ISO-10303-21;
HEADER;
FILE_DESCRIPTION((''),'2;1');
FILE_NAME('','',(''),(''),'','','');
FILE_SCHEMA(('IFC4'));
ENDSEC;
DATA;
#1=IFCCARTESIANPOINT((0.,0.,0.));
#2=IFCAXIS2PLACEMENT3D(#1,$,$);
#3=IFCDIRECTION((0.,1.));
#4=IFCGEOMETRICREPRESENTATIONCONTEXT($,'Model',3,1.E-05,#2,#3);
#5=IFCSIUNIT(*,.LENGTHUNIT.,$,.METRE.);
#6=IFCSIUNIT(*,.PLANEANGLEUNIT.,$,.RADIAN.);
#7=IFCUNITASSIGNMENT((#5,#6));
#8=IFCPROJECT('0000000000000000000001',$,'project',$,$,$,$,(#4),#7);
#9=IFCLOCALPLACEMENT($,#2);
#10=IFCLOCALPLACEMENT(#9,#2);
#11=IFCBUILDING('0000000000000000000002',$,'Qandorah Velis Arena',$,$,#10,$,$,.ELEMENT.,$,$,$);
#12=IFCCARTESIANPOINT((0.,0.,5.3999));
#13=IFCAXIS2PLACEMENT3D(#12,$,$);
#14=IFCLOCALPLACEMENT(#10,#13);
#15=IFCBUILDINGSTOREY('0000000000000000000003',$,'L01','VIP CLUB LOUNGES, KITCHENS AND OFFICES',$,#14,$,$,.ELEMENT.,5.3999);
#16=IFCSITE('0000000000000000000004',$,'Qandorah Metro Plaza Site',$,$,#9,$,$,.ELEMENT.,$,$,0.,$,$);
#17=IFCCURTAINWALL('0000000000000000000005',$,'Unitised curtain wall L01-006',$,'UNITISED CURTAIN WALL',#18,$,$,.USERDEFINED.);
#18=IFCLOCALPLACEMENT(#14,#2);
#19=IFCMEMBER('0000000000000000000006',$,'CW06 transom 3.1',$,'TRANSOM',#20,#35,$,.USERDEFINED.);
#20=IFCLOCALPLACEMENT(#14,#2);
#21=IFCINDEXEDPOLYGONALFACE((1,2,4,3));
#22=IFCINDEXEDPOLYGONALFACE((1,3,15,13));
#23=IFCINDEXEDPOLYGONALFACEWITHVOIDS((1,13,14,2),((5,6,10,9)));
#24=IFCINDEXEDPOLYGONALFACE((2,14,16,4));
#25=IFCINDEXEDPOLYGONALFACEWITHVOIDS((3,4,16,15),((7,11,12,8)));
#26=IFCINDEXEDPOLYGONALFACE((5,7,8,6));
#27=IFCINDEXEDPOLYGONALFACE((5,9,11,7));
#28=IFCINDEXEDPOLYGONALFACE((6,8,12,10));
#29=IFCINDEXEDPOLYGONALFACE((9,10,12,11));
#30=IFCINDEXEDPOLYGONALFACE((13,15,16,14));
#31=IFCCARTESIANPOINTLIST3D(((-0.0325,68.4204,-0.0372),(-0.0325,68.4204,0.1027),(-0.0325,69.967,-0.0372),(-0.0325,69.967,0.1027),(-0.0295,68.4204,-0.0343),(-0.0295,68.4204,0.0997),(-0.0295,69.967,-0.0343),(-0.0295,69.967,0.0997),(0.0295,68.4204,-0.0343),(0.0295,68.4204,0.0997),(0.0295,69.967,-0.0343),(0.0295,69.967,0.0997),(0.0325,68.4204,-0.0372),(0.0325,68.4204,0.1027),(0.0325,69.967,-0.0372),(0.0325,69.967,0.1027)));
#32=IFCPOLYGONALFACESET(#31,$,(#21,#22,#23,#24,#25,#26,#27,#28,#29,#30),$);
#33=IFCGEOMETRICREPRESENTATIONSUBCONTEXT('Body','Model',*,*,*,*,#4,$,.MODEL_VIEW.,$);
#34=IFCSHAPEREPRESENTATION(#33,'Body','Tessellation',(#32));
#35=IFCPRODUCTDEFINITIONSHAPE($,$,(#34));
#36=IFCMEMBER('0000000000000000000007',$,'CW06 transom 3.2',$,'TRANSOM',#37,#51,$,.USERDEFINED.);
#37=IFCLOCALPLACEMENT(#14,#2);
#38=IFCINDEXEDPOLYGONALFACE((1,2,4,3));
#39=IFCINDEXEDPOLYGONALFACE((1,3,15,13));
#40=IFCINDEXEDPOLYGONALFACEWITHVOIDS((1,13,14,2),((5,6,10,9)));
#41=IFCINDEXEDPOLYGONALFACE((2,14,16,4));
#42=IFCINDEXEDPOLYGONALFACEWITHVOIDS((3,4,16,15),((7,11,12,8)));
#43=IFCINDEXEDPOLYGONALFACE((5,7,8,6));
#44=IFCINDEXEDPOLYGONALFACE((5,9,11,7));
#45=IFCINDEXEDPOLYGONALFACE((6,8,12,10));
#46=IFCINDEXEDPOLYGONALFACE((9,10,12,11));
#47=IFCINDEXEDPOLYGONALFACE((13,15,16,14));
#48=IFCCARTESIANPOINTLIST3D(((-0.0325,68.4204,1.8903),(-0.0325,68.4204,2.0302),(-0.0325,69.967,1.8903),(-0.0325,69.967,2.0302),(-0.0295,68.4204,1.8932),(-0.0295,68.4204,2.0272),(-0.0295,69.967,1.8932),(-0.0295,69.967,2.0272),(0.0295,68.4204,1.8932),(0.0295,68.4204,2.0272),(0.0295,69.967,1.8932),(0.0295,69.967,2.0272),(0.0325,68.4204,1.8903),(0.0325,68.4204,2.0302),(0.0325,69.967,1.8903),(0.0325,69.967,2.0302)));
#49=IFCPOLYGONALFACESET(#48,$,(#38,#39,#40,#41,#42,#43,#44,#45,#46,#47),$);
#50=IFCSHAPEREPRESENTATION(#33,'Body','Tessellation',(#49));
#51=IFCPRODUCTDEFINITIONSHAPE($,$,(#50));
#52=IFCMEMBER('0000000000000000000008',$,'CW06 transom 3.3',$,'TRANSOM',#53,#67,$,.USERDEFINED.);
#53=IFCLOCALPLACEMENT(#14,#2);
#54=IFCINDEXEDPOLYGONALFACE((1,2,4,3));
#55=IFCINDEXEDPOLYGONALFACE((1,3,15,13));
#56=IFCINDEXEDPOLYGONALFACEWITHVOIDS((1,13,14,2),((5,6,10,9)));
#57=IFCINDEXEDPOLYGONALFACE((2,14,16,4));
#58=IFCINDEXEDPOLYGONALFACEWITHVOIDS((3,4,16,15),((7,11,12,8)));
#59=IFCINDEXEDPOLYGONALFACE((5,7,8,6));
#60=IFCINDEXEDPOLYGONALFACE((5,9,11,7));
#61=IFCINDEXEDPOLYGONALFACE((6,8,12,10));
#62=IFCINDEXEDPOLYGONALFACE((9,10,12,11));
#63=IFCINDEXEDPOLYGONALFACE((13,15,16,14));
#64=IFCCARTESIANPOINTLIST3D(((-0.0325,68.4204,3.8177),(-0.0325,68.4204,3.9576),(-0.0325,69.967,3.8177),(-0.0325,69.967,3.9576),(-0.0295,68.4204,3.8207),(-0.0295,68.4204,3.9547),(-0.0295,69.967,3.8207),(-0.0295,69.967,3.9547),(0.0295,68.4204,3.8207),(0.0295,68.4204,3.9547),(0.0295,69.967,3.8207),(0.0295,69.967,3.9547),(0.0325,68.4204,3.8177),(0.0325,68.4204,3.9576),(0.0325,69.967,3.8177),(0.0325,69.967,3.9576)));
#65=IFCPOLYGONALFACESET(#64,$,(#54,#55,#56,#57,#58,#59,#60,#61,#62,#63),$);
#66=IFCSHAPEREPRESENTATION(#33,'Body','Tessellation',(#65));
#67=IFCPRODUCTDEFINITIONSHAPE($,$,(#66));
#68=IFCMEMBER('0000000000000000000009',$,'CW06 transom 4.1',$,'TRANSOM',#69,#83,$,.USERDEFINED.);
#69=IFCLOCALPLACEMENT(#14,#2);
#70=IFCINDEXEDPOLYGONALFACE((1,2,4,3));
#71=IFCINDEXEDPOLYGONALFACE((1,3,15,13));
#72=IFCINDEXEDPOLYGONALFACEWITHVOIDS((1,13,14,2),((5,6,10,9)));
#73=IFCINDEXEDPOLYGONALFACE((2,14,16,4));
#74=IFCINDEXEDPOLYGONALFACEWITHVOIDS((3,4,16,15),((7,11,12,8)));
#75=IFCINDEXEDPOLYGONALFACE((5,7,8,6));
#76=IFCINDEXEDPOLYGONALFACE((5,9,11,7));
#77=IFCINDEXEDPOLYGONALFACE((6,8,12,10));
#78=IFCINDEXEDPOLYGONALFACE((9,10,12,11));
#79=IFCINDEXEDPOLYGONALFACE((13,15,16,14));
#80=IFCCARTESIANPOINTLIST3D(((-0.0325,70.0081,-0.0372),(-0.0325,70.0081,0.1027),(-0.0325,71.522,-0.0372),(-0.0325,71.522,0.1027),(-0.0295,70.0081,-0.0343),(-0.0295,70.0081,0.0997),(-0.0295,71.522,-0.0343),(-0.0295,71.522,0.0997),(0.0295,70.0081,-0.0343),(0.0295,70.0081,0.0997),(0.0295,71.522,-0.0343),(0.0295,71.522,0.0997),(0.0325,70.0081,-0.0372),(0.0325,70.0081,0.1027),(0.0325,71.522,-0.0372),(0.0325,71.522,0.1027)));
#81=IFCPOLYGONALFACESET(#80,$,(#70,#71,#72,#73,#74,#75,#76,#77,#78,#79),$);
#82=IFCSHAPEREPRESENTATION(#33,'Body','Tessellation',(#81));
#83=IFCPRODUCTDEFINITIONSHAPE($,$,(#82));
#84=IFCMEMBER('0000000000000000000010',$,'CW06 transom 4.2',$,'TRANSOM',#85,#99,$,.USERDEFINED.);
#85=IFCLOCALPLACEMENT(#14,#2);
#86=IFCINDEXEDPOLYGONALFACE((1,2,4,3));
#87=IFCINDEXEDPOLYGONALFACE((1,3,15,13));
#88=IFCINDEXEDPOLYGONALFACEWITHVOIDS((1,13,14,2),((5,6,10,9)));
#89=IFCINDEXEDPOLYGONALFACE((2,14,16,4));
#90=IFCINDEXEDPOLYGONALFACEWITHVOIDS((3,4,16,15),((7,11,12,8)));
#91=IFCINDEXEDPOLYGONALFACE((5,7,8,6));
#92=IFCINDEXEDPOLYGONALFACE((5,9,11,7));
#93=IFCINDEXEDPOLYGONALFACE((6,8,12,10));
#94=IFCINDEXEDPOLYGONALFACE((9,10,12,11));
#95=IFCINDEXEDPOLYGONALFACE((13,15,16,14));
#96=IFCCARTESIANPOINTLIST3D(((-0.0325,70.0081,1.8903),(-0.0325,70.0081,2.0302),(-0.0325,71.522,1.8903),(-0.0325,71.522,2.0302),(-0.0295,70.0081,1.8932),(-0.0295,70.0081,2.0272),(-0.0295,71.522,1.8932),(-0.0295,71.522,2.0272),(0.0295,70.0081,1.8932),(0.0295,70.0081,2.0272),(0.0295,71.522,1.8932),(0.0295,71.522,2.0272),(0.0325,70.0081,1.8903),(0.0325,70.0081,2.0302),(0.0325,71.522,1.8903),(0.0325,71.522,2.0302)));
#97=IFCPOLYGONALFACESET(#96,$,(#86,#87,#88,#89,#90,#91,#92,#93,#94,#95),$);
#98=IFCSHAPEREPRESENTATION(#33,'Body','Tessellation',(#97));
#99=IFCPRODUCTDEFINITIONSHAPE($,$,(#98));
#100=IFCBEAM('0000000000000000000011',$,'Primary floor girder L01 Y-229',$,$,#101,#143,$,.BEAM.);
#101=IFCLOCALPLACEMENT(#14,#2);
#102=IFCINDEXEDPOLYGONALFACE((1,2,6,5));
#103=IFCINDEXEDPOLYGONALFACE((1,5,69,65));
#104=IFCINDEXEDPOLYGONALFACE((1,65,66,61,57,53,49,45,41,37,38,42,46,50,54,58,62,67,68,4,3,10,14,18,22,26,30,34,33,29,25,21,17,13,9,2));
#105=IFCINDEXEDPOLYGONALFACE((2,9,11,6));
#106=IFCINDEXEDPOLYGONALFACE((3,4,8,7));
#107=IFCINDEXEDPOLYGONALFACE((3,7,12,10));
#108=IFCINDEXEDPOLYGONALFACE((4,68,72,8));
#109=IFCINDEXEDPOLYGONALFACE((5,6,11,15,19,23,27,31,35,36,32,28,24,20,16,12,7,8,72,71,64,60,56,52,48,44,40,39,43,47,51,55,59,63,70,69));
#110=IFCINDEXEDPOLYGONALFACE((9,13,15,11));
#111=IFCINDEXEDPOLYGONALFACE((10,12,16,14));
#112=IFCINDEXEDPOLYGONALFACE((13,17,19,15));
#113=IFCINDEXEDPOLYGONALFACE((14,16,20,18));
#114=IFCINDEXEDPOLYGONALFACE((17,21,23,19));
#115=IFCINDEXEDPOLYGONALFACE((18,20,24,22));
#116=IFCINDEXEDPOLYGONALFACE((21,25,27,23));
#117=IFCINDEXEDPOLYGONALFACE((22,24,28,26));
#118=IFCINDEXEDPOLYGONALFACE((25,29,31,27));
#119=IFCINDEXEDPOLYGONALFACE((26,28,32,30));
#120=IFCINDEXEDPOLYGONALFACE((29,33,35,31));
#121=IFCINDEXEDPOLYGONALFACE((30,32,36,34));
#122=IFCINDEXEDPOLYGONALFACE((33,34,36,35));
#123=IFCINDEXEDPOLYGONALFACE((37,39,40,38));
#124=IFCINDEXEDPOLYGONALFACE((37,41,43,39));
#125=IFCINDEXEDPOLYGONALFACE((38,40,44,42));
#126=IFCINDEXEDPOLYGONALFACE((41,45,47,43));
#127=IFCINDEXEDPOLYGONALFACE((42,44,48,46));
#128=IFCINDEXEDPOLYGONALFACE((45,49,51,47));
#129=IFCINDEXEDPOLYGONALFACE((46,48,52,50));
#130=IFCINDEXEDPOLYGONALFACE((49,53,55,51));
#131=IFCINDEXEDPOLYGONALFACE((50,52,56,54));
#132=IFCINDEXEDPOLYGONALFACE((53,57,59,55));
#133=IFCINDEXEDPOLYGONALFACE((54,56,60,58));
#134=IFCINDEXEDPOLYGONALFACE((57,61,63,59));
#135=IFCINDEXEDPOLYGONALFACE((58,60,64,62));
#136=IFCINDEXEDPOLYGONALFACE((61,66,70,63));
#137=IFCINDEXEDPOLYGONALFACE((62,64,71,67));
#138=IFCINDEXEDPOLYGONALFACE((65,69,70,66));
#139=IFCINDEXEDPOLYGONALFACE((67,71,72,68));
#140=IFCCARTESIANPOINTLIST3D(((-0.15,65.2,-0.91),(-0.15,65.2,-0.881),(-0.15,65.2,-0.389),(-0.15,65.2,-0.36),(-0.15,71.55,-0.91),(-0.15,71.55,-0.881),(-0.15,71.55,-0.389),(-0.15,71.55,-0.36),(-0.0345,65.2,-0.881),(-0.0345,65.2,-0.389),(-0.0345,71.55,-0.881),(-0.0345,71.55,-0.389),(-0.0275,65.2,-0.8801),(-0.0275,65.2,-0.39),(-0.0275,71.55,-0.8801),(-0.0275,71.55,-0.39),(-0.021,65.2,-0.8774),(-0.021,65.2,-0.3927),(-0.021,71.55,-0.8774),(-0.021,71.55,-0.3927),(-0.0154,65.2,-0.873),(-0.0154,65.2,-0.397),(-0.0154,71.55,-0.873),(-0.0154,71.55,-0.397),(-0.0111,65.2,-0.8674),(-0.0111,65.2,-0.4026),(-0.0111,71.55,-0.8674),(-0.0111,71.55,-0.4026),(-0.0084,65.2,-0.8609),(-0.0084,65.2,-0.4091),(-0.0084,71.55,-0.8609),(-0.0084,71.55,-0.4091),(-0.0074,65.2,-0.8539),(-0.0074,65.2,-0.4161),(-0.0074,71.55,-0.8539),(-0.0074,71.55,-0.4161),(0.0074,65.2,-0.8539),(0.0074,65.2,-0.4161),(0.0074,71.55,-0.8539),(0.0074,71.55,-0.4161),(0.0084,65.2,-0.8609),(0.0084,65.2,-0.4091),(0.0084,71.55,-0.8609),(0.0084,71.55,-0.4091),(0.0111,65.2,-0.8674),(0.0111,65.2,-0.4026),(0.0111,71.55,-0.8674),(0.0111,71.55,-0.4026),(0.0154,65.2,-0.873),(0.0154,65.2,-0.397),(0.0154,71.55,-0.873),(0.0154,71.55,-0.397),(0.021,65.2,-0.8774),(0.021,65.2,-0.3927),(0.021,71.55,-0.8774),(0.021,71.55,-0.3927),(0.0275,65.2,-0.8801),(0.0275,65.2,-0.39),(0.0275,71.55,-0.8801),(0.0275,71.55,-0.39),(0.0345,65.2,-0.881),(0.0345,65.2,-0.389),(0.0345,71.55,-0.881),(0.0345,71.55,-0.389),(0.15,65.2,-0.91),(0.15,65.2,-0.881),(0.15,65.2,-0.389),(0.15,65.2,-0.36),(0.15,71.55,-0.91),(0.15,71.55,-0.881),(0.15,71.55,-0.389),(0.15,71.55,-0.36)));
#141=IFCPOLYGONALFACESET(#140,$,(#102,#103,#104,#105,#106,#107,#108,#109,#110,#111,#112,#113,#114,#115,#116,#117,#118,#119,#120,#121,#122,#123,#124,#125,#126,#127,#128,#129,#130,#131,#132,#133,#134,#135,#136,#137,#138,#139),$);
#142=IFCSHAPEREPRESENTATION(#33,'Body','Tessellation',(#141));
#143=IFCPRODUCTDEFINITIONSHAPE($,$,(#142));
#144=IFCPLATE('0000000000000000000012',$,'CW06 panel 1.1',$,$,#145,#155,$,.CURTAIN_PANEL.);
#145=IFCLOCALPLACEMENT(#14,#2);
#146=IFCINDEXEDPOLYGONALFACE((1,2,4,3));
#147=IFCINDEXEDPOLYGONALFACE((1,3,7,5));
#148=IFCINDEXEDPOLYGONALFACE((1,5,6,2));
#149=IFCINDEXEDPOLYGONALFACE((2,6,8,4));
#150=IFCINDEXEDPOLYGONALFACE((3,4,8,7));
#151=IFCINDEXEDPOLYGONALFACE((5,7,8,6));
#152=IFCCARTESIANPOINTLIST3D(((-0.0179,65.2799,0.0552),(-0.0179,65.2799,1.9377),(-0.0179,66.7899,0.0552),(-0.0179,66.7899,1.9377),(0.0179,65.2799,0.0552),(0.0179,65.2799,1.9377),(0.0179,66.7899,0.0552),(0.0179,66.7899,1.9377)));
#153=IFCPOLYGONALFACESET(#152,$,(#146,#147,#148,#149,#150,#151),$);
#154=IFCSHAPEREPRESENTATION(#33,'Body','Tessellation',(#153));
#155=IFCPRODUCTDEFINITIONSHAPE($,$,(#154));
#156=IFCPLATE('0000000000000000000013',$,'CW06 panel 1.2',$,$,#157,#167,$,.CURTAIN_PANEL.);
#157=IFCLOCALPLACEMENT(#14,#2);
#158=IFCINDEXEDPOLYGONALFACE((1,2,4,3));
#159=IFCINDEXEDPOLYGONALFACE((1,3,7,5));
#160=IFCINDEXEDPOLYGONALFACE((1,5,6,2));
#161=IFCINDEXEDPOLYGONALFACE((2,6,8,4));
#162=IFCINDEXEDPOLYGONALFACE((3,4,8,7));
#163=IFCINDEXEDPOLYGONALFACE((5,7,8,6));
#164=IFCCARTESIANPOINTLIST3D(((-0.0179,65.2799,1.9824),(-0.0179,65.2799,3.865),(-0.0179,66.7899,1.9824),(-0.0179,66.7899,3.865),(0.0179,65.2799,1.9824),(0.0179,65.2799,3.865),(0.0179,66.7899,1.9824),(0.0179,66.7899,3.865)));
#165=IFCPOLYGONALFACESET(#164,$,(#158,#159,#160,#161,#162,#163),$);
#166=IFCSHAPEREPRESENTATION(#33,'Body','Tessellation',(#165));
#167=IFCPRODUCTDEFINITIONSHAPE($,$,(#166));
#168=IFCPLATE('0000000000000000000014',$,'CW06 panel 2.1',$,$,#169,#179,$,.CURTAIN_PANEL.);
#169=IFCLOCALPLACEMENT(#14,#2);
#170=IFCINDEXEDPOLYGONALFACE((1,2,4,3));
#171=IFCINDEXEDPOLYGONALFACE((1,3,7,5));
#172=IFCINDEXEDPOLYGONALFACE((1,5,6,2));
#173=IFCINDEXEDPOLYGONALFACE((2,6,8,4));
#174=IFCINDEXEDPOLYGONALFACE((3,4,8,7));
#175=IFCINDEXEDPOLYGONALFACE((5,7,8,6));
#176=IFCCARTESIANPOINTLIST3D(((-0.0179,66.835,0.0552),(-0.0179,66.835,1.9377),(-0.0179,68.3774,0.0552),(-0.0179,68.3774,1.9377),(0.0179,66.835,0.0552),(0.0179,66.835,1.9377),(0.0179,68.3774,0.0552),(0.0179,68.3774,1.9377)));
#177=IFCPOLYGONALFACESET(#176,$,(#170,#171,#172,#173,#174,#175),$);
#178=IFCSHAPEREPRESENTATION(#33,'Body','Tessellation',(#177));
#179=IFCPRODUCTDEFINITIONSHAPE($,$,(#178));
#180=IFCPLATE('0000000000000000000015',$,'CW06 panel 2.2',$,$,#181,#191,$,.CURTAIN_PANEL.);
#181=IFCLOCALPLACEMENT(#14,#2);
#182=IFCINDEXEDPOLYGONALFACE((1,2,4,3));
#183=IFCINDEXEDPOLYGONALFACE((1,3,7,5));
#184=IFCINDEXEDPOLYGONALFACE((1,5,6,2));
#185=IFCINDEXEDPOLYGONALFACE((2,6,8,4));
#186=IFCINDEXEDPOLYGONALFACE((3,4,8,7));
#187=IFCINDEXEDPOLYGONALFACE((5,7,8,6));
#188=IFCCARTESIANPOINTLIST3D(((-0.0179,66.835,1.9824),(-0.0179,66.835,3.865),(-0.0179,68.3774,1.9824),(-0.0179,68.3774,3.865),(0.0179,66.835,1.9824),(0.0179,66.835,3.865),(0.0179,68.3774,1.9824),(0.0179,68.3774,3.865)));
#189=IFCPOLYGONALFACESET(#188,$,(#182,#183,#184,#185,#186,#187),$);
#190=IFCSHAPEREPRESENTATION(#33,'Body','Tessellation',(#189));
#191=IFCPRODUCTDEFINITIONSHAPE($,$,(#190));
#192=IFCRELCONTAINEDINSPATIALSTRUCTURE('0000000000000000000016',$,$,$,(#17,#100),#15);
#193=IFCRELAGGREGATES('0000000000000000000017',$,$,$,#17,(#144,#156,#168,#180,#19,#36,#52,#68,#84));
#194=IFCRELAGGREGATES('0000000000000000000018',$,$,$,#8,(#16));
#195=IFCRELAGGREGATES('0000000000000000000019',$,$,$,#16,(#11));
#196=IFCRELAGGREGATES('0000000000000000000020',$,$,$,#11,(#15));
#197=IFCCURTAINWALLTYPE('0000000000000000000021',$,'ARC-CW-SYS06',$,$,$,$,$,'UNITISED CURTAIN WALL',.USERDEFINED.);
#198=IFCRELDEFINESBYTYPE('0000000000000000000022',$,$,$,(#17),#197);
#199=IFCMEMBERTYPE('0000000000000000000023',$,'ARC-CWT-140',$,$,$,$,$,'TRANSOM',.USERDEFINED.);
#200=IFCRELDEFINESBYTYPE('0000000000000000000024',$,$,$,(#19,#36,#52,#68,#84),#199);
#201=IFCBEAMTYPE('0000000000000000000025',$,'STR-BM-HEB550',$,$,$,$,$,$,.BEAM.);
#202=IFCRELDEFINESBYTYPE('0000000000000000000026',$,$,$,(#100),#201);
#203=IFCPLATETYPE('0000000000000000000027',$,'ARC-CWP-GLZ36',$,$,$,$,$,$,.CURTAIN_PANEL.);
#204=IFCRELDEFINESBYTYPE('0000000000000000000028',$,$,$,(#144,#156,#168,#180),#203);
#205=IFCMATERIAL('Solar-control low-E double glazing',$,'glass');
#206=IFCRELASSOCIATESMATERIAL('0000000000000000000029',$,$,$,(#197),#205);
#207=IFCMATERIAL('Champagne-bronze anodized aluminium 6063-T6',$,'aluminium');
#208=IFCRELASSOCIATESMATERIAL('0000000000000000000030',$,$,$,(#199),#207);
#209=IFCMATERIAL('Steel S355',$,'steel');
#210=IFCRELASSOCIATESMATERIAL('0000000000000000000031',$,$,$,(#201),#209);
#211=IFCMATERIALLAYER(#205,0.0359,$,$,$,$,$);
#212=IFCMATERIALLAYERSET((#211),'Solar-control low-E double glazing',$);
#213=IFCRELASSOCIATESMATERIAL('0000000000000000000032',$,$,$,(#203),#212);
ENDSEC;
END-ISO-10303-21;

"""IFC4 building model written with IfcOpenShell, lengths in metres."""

from ifc_helpers import new_model, si_unit, direction, frame, origin, origin_2d, place, context, subcontext, project, spatial, rectangle, hollow_rectangle, i_section, extrude, material, layer, layer_set, material_profile, profile_set, type_object, element, aggregate, save


model = new_model("IFC4")

# Units and contexts
model_context = context("Model", 3, precision=1e-05, world=origin(), true_north=direction((0.0, 1.0)))
body_context = subcontext(model_context, "Body", "Model", "MODEL_VIEW")
ifc_project = project(units=[si_unit("LENGTHUNIT", "METRE"), si_unit("PLANEANGLEUNIT", "RADIAN")], contexts=[model_context])

# Site, building, storey
site_placement = place(None, origin())
site = spatial("IfcSite", under=ifc_project, at=site_placement, Name="Qandorah Metro Plaza Site", CompositionType="ELEMENT", RefElevation=0.0)
building_placement = place(site_placement, origin())
building = spatial("IfcBuilding", under=site, at=building_placement, Name="Qandorah Velis Arena", CompositionType="ELEMENT")
storey_placement = place(building_placement, frame((0.0, 0.0, 5.3999)))
storey = spatial("IfcBuildingStorey", under=building, at=storey_placement, Name="L01", Description="VIP CLUB LOUNGES, KITCHENS AND OFFICES", CompositionType="ELEMENT", Elevation=5.3999)

# Curtain wall, members
ifc_material_1 = material(Name="Solar-control low-E double glazing", Category="glass")
curtain_wall_type = type_object("IfcCurtainWallType", Name="ARC-CW-SYS06", ElementType="UNITISED CURTAIN WALL", PredefinedType="USERDEFINED", material=ifc_material_1)
curtain_wall_placement = place(storey_placement, origin())
curtain_wall = element("IfcCurtainWall", 1, at=curtain_wall_placement, inside=storey, type_object=curtain_wall_type, Name="Unitised curtain wall L01-006", ObjectType="UNITISED CURTAIN WALL", PredefinedType="USERDEFINED")
ifc_material_2 = material(Name="Champagne-bronze anodized aluminium 6063-T6", Category="aluminium")
ifc_material_profile_1 = material_profile(ifc_material_2, hollow_rectangle(XDim=0.0649, YDim=0.1399, WallThickness=0.0029, at=origin_2d()), Name="ALU TRANSOM 65x140")
ifc_profile_set_1 = profile_set([ifc_material_profile_1], Name="Champagne-bronze anodized aluminium 6063-T6")
member_type_1 = type_object("IfcMemberType", Name="ARC-CWT-140", ElementType="TRANSOM", PredefinedType="USERDEFINED", material=ifc_profile_set_1)
member_1_placement = place(storey_placement, frame((0.0, 68.4204, 0.0327), z_axis=(0.0, 1.0, 0.0), x_axis=(-1.0, 0.0, 0.0)))
member_1 = element("IfcMember", 2, at=member_1_placement, type_object=member_type_1, Name="CW06 transom 3.1", ObjectType="TRANSOM", PredefinedType="USERDEFINED", context=body_context, shape_type="SweptSolid", body=[
    extrude(hollow_rectangle(XDim=0.0649, YDim=0.1399, WallThickness=0.0029, at=origin_2d()), origin(), (0.0, 0.0, 1.0), 1.5466),
])
member_2_placement = place(storey_placement, frame((0.0, 68.4204, 1.9602), z_axis=(0.0, 1.0, 0.0), x_axis=(-1.0, 0.0, 0.0)))
member_2 = element("IfcMember", 3, at=member_2_placement, type_object=member_type_1, Name="CW06 transom 3.2", ObjectType="TRANSOM", PredefinedType="USERDEFINED", context=body_context, shape_type="SweptSolid", body=[
    extrude(hollow_rectangle(XDim=0.0649, YDim=0.1399, WallThickness=0.0029, at=origin_2d()), origin(), (0.0, 0.0, 1.0), 1.5466),
])
member_3_placement = place(storey_placement, frame((0.0, 68.4204, 3.8877), z_axis=(0.0, 1.0, 0.0), x_axis=(-1.0, 0.0, 0.0)))
member_3 = element("IfcMember", 4, at=member_3_placement, type_object=member_type_1, Name="CW06 transom 3.3", ObjectType="TRANSOM", PredefinedType="USERDEFINED", context=body_context, shape_type="SweptSolid", body=[
    extrude(hollow_rectangle(XDim=0.0649, YDim=0.1399, WallThickness=0.0029, at=origin_2d()), origin(), (0.0, 0.0, 1.0), 1.5466),
])
member_4_placement = place(storey_placement, frame((0.0, 70.0081, 0.0327), z_axis=(0.0, 1.0, 0.0), x_axis=(-1.0, 0.0, 0.0)))
member_4 = element("IfcMember", 5, at=member_4_placement, type_object=member_type_1, Name="CW06 transom 4.1", ObjectType="TRANSOM", PredefinedType="USERDEFINED", context=body_context, shape_type="SweptSolid", body=[
    extrude(hollow_rectangle(XDim=0.0649, YDim=0.1399, WallThickness=0.0029, at=origin_2d()), origin(), (0.0, 0.0, 1.0), 1.5139),
])
member_5_placement = place(storey_placement, frame((0.0, 70.0081, 1.9602), z_axis=(0.0, 1.0, 0.0), x_axis=(-1.0, 0.0, 0.0)))
member_5 = element("IfcMember", 6, at=member_5_placement, type_object=member_type_1, Name="CW06 transom 4.2", ObjectType="TRANSOM", PredefinedType="USERDEFINED", context=body_context, shape_type="SweptSolid", body=[
    extrude(hollow_rectangle(XDim=0.0649, YDim=0.1399, WallThickness=0.0029, at=origin_2d()), origin(), (0.0, 0.0, 1.0), 1.5139),
])

# Beam
ifc_material_3 = material(Name="Steel S355", Category="steel")
ifc_material_profile_2 = material_profile(ifc_material_3, i_section(OverallWidth=0.3, OverallDepth=0.55, WebThickness=0.0149, FlangeThickness=0.0291, FilletRadius=0.0271, at=origin_2d()), Name="HEB 550")
ifc_profile_set_2 = profile_set([ifc_material_profile_2], Name="Steel S355")
beam_type = type_object("IfcBeamType", Name="STR-BM-HEB550", PredefinedType="BEAM", material=ifc_profile_set_2)
beam_placement = place(storey_placement, frame((0.0, 65.2, -0.635), z_axis=(0.0, 1.0, 0.0), x_axis=(-1.0, 0.0, 0.0)))
element("IfcBeam", 7, at=beam_placement, inside=storey, type_object=beam_type, Name="Primary floor girder L01 Y-229", PredefinedType="BEAM", context=body_context, shape_type="SweptSolid", body=[
    extrude(i_section(OverallWidth=0.3, OverallDepth=0.55, WebThickness=0.0149, FlangeThickness=0.0291, FilletRadius=0.0271, at=origin_2d()), origin(), (0.0, 0.0, 1.0), 6.3501),
])

# Plates
ifc_layer = layer(ifc_material_1, 0.0359)
ifc_layer_set = layer_set([ifc_layer], Name="Solar-control low-E double glazing")
plate_type = type_object("IfcPlateType", Name="ARC-CWP-GLZ36", PredefinedType="CURTAIN_PANEL", material=ifc_layer_set)
plate_1_placement = place(storey_placement, frame((0.0, 66.0349, 0.0552), z_axis=(0.0, 0.0, 1.0), x_axis=(0.0, 1.0, 0.0)))
plate_1 = element("IfcPlate", 8, at=plate_1_placement, type_object=plate_type, Name="CW06 panel 1.1", PredefinedType="CURTAIN_PANEL", context=body_context, shape_type="SweptSolid", body=[
    extrude(rectangle(XDim=1.51, YDim=0.0359, at=origin_2d()), origin(), (0.0, 0.0, 1.0), 1.8826),
])
plate_2_placement = place(storey_placement, frame((0.0, 66.0349, 1.9824), z_axis=(0.0, 0.0, 1.0), x_axis=(0.0, 1.0, 0.0)))
plate_2 = element("IfcPlate", 9, at=plate_2_placement, type_object=plate_type, Name="CW06 panel 1.2", PredefinedType="CURTAIN_PANEL", context=body_context, shape_type="SweptSolid", body=[
    extrude(rectangle(XDim=1.51, YDim=0.0359, at=origin_2d()), origin(), (0.0, 0.0, 1.0), 1.8826),
])
plate_3_placement = place(storey_placement, frame((0.0, 67.6062, 0.0552), z_axis=(0.0, 0.0, 1.0), x_axis=(0.0, 1.0, 0.0)))
plate_3 = element("IfcPlate", 10, at=plate_3_placement, type_object=plate_type, Name="CW06 panel 2.1", PredefinedType="CURTAIN_PANEL", context=body_context, shape_type="SweptSolid", body=[
    extrude(rectangle(XDim=1.5425, YDim=0.0359, at=origin_2d()), origin(), (0.0, 0.0, 1.0), 1.8826),
])
plate_4_placement = place(storey_placement, frame((0.0, 67.6062, 1.9824), z_axis=(0.0, 0.0, 1.0), x_axis=(0.0, 1.0, 0.0)))
plate_4 = element("IfcPlate", 11, at=plate_4_placement, type_object=plate_type, Name="CW06 panel 2.2", PredefinedType="CURTAIN_PANEL", context=body_context, shape_type="SweptSolid", body=[
    extrude(rectangle(XDim=1.5425, YDim=0.0359, at=origin_2d()), origin(), (0.0, 0.0, 1.0), 1.8826),
])
aggregate(curtain_wall, [plate_1, plate_2, plate_3, plate_4, member_1, member_2, member_3, member_4, member_5])

save(model, "model.ifc")
